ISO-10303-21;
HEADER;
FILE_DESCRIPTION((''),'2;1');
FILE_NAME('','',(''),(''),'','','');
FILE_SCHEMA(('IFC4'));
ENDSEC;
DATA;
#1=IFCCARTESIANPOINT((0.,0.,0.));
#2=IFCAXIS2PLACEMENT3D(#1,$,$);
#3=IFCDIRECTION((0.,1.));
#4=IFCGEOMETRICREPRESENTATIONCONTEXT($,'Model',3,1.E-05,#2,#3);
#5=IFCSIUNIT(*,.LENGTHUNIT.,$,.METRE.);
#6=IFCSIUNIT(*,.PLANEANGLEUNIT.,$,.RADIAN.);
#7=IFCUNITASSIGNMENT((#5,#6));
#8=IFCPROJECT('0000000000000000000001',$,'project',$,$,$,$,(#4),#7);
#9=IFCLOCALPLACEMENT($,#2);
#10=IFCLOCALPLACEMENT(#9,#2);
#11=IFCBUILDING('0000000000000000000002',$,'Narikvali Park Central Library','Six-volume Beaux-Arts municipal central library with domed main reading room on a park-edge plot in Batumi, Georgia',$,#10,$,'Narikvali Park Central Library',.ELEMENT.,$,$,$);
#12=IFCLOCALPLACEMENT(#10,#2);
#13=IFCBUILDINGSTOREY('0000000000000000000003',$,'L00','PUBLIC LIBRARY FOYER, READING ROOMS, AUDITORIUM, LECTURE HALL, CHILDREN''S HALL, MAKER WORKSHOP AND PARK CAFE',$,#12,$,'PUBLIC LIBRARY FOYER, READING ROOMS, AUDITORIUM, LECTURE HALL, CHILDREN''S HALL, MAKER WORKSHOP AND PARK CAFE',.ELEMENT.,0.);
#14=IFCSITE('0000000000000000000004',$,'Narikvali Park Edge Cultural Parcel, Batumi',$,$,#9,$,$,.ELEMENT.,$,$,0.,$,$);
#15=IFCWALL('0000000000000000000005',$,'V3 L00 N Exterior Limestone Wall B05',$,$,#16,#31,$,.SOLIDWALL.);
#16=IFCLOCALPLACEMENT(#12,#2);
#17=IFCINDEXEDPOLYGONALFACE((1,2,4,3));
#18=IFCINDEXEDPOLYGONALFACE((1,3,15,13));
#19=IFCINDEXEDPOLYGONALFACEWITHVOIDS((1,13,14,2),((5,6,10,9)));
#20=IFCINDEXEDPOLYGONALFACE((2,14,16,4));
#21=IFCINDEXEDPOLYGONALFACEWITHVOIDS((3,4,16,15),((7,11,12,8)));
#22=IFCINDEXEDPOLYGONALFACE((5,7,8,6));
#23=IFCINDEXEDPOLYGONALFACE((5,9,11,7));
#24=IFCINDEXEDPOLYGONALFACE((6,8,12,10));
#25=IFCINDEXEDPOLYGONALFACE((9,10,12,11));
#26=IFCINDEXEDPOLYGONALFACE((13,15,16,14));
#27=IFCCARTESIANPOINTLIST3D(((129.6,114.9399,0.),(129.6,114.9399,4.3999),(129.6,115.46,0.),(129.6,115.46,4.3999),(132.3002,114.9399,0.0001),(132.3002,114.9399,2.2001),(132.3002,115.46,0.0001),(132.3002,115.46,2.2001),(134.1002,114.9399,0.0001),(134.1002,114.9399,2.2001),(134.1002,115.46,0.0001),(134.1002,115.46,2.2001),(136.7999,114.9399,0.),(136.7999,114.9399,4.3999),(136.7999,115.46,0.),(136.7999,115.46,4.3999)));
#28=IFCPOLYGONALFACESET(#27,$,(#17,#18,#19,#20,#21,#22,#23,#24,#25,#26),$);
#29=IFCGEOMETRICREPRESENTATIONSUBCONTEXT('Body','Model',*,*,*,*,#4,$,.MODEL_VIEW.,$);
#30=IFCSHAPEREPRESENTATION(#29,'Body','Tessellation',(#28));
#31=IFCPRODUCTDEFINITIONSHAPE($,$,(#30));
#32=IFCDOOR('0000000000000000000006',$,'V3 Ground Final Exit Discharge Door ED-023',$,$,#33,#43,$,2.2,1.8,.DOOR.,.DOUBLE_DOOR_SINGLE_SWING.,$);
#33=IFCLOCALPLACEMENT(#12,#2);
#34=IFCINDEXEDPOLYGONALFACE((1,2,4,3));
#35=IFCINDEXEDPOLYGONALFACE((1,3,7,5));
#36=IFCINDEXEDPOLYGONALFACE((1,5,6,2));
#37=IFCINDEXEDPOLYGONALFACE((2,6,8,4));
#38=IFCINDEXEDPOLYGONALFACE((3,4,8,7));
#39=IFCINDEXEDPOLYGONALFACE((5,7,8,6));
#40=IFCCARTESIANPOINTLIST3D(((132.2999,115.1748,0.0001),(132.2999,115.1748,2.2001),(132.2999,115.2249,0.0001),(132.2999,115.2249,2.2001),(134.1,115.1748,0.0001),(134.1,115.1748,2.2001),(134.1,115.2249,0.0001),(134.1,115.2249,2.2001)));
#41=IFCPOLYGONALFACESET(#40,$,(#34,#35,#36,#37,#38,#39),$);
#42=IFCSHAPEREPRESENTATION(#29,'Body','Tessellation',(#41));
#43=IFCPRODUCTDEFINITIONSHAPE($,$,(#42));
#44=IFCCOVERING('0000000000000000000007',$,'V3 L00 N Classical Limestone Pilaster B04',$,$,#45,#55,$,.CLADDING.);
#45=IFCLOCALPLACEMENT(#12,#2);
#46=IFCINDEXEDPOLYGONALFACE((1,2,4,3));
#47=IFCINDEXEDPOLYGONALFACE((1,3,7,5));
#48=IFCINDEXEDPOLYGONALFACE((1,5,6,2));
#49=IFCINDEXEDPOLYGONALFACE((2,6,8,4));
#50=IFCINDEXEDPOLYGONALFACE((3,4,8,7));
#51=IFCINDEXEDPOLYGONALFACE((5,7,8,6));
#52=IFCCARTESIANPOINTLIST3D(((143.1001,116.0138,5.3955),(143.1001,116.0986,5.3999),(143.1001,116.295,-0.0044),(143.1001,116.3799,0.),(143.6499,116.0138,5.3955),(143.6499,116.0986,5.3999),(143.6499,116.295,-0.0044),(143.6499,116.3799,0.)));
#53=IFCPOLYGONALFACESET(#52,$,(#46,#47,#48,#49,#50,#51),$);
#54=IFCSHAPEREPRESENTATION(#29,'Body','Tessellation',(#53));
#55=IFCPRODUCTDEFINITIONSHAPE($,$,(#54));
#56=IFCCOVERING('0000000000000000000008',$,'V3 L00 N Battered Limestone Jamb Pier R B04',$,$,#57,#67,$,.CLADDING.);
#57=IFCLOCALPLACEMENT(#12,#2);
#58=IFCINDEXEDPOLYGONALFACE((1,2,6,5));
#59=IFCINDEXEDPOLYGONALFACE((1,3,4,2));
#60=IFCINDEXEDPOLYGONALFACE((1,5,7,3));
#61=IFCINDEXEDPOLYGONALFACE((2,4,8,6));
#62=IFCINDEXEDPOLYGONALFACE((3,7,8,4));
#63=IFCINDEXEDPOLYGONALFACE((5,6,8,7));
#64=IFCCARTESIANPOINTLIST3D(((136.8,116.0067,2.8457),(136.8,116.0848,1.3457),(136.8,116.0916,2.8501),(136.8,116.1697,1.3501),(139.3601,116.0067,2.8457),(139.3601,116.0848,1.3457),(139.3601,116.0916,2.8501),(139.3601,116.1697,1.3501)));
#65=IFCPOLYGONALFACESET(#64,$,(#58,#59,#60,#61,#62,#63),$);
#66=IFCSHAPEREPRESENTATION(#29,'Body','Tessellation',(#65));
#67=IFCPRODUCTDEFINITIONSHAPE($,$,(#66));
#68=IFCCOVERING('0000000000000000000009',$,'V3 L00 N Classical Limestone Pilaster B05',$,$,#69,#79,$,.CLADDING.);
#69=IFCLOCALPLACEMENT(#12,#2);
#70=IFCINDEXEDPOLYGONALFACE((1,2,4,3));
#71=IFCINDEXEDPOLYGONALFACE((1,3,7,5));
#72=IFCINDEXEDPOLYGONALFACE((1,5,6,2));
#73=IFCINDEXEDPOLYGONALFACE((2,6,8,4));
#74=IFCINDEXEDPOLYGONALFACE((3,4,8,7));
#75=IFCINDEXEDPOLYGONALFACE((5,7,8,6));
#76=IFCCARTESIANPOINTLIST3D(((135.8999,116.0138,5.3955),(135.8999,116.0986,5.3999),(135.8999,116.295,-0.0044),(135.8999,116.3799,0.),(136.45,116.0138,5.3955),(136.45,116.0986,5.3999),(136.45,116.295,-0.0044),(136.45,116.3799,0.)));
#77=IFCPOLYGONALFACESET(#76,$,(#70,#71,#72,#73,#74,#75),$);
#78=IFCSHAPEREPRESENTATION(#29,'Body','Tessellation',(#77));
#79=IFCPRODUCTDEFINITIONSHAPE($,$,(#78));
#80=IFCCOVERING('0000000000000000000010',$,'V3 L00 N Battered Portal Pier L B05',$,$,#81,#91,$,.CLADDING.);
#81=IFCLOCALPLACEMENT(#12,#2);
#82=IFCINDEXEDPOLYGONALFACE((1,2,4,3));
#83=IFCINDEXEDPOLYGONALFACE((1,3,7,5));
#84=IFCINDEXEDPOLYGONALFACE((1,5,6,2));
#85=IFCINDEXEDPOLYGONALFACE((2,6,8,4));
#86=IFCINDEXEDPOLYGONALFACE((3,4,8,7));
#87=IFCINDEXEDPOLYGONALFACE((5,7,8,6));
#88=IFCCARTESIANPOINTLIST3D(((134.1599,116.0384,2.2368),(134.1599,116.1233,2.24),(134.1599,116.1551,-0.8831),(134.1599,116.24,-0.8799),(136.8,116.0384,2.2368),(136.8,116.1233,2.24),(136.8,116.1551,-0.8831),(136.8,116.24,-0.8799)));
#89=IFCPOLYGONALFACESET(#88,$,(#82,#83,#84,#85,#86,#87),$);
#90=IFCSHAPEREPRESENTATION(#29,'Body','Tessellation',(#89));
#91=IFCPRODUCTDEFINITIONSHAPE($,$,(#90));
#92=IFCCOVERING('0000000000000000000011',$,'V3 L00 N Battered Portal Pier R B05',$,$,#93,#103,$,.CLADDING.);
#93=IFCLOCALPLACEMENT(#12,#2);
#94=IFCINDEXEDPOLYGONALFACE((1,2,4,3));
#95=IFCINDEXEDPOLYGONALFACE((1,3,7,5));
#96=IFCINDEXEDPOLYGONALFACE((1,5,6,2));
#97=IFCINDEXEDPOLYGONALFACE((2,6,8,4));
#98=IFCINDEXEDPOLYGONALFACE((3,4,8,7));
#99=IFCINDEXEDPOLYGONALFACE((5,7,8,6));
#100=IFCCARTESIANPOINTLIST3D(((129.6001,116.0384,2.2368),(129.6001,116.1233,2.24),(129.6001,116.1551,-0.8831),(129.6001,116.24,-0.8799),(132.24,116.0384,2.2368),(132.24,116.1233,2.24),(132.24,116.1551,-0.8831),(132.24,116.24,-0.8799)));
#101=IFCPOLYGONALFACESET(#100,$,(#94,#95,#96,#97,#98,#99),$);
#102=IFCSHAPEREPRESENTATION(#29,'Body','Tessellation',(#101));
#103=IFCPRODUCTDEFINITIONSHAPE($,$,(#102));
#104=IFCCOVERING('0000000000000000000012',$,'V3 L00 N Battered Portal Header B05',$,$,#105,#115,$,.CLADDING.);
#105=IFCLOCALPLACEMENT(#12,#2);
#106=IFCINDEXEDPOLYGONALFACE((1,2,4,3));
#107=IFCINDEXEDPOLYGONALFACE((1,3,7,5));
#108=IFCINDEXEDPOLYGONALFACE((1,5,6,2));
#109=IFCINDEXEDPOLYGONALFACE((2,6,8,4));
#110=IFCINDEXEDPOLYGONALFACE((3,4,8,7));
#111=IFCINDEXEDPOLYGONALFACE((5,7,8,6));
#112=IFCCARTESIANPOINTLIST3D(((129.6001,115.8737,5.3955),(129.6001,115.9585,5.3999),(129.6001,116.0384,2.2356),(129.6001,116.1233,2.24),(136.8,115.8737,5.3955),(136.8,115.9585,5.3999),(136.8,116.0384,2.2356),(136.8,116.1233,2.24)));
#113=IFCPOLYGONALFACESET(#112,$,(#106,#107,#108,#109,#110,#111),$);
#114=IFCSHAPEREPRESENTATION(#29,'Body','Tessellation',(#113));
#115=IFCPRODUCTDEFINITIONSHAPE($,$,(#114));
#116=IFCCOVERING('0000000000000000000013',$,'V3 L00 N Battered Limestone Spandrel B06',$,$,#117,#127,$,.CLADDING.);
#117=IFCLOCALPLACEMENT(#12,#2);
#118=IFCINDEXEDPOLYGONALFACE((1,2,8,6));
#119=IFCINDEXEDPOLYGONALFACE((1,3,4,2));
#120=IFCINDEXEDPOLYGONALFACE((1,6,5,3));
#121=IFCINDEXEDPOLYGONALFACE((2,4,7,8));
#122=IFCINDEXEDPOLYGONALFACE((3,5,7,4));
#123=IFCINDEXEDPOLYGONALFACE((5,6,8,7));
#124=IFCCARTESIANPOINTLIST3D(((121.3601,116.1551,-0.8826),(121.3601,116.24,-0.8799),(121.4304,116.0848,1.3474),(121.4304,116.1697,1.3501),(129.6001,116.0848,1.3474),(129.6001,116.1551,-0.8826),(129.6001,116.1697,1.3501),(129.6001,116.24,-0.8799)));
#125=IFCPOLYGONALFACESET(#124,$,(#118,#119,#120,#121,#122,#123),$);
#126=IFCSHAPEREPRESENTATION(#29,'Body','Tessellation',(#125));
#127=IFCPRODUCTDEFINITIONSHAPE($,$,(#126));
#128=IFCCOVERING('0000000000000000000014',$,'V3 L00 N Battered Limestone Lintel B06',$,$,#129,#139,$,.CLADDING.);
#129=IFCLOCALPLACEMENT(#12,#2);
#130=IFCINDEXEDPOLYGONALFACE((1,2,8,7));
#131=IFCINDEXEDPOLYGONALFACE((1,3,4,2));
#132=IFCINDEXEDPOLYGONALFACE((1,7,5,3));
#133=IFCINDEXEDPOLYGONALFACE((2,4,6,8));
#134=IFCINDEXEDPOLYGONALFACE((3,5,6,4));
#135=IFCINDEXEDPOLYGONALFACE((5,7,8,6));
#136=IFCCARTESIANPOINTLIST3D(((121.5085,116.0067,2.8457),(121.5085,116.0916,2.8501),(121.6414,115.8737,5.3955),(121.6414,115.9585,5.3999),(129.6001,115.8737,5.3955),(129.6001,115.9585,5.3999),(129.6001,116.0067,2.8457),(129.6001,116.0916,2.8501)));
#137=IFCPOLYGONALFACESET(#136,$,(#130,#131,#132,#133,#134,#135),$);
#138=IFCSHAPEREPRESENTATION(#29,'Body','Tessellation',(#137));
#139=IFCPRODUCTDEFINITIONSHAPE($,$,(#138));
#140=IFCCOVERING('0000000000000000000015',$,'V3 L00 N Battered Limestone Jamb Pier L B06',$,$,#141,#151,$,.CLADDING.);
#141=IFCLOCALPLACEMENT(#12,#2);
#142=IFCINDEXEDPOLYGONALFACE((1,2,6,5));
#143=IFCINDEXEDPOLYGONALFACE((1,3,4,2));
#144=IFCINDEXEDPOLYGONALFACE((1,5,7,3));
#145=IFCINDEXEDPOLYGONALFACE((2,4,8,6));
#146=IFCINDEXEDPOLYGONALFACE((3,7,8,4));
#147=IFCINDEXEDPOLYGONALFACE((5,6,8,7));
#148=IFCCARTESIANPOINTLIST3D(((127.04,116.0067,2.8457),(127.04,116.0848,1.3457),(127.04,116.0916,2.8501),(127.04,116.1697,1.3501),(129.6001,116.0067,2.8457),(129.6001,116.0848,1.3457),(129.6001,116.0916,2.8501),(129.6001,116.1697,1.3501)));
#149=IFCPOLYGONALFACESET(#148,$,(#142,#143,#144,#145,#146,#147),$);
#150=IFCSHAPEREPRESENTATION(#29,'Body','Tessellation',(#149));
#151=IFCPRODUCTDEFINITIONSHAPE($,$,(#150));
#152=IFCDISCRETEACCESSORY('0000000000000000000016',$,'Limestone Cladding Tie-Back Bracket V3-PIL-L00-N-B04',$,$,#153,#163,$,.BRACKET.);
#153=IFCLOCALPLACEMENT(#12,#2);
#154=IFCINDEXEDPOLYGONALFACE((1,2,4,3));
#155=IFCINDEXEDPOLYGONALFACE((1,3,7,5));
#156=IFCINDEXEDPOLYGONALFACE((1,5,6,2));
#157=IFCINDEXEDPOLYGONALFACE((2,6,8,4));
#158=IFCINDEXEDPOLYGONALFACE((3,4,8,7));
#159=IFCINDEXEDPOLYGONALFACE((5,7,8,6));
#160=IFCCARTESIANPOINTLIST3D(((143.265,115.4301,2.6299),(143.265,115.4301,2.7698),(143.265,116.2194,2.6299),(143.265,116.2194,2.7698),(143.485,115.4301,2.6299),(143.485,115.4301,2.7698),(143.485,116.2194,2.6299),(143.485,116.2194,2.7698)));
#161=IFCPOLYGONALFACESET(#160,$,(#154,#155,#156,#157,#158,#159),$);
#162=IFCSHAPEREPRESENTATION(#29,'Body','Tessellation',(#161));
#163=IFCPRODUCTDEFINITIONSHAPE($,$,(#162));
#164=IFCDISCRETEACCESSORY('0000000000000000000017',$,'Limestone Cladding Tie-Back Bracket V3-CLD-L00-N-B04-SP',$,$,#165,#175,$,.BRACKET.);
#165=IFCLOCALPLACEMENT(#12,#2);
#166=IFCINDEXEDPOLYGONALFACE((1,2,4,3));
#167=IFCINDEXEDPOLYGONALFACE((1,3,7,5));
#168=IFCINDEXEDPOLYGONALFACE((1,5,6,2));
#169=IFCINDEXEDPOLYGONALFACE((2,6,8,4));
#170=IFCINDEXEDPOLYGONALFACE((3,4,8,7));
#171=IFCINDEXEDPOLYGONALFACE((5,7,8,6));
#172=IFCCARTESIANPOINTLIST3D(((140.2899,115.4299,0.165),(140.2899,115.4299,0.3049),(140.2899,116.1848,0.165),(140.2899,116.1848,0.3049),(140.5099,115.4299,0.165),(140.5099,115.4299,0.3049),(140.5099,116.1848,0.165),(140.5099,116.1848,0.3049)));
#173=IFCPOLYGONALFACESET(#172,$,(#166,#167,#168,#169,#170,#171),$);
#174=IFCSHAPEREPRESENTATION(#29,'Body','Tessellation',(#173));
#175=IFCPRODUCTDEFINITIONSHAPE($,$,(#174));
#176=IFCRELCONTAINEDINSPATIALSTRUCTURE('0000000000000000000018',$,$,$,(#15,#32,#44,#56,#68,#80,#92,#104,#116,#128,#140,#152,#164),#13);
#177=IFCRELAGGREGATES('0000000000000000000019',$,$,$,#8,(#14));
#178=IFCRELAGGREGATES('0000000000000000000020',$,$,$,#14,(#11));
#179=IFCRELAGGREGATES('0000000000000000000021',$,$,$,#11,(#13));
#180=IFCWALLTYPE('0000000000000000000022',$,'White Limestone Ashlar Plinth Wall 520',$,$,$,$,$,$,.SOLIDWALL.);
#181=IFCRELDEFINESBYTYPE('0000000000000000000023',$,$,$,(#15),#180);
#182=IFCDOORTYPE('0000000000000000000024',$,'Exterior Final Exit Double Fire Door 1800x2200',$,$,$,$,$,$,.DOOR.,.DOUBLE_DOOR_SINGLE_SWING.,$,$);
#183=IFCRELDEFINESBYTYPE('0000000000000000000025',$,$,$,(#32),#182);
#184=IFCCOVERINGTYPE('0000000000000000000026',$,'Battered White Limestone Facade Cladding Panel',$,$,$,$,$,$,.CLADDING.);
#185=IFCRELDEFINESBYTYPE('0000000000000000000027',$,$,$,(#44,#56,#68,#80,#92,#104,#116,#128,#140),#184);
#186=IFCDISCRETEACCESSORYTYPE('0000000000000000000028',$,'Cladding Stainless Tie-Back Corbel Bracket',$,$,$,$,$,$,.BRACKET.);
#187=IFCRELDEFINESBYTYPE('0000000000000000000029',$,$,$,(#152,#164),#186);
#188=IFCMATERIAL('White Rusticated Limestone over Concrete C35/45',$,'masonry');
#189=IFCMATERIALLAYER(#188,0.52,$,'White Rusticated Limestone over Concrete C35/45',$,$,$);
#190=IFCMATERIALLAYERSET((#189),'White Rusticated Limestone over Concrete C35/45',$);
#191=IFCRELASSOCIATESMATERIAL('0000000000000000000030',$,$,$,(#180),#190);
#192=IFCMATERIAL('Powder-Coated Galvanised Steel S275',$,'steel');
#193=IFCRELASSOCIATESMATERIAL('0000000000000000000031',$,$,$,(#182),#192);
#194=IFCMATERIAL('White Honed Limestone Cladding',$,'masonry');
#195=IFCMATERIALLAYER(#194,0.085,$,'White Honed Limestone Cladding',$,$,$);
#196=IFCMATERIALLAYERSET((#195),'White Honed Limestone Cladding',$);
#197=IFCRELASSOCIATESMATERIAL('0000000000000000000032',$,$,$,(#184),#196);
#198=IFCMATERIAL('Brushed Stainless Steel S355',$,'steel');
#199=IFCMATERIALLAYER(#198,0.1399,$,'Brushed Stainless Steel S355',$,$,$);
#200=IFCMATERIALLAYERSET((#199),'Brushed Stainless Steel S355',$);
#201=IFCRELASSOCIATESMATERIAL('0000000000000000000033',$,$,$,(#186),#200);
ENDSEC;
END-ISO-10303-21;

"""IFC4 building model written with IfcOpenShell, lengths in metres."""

from ifc_helpers import new_model, si_unit, direction, frame, frame_2d, origin, origin_2d, place, context, subcontext, project, spatial, polyline, rectangle, outline, extrude, material, layer, layer_set, type_object, element, fill, save


model = new_model("IFC4")

# Units and contexts
model_context = context("Model", 3, precision=1e-05, world=origin(), true_north=direction((0.0, 1.0)))
body_context = subcontext(model_context, "Body", "Model", "MODEL_VIEW")
ifc_project = project(units=[si_unit("LENGTHUNIT", "METRE"), si_unit("PLANEANGLEUNIT", "RADIAN")], contexts=[model_context])

# Site, building, storey
site_placement = place(None, origin())
site = spatial("IfcSite", under=ifc_project, at=site_placement, Name="Narikvali Park Edge Cultural Parcel, Batumi", CompositionType="ELEMENT", RefElevation=0.0)
building_placement = place(site_placement, origin())
building = spatial("IfcBuilding", under=site, at=building_placement, Name="Narikvali Park Central Library", Description="Six-volume Beaux-Arts municipal central library with domed main reading room on a park-edge plot in Batumi, Georgia", LongName="Narikvali Park Central Library", CompositionType="ELEMENT")
storey_placement = place(building_placement, origin())
storey = spatial("IfcBuildingStorey", under=building, at=storey_placement, Name="L00", Description="PUBLIC LIBRARY FOYER, READING ROOMS, AUDITORIUM, LECTURE HALL, CHILDREN'S HALL, MAKER WORKSHOP AND PARK CAFE", LongName="PUBLIC LIBRARY FOYER, READING ROOMS, AUDITORIUM, LECTURE HALL, CHILDREN'S HALL, MAKER WORKSHOP AND PARK CAFE", CompositionType="ELEMENT", Elevation=0.0)

# Wall, opening, door
ifc_material_1 = material(Name="White Rusticated Limestone over Concrete C35/45", Category="masonry")
ifc_layer_1 = layer(ifc_material_1, 0.52, Name="White Rusticated Limestone over Concrete C35/45")
ifc_layer_set_1 = layer_set([ifc_layer_1], Name="White Rusticated Limestone over Concrete C35/45")
wall_type_1 = type_object("IfcWallType", Name="White Limestone Ashlar Plinth Wall 520", PredefinedType="SOLIDWALL", material=ifc_layer_set_1)
wall_1_placement = place(storey_placement, frame((136.8, 115.2, 0.0), z_axis=(0.0, 0.0, 1.0), x_axis=(-1.0, 0.0, 0.0)))
wall_1 = element("IfcWall", 1, at=wall_1_placement, inside=storey, type_object=wall_type_1, Name="V3 L00 N Exterior Limestone Wall B05", PredefinedType="SOLIDWALL", context=body_context, shape_type="SweptSolid", body=[
    extrude(rectangle(XDim=7.2, YDim=0.52, at=frame_2d((3.6001, 0.0))), origin(), (0.0, 0.0, 1.0), 4.3999),
])
opening_1_placement = place(wall_1_placement, frame((2.7, 0.0, 0.0)))
opening_1 = element("IfcOpeningElement", 2, at=opening_1_placement, cuts=wall_1, PredefinedType="OPENING", context=body_context, shape_type="SweptSolid", body=[
    extrude(rectangle(XDim=1.8, YDim=2.2, at=frame_2d((0.8999, 1.1001))), frame((0.0, 0.272, 0.0), z_axis=(0.0, -1.0, 0.0), x_axis=(1.0, 0.0, 0.0)), (0.0, 0.0, 1.0), 0.5439),
])
ifc_material_2 = material(Name="Powder-Coated Galvanised Steel S275", Category="steel")
door_type_1 = type_object("IfcDoorType", Name="Exterior Final Exit Double Fire Door 1800x2200", OperationType="DOUBLE_DOOR_SINGLE_SWING", PredefinedType="DOOR", material=ifc_material_2)
door_1_placement = place(opening_1_placement, frame((1.8, 0.0, 0.0), z_axis=(0.0, 0.0, 1.0), x_axis=(-1.0, 0.0, 0.0)))
door_1 = element("IfcDoor", 3, at=door_1_placement, inside=storey, type_object=door_type_1, Name="V3 Ground Final Exit Discharge Door ED-023", OperationType="DOUBLE_DOOR_SINGLE_SWING", OverallHeight=2.2, OverallWidth=1.8, PredefinedType="DOOR", context=body_context, shape_type="SweptSolid", body=[
    extrude(rectangle(XDim=1.8, YDim=2.2, at=frame_2d((0.8999, 1.1001))), frame((0.0, 0.0249, 0.0), z_axis=(0.0, -1.0, 0.0), x_axis=(1.0, 0.0, 0.0)), (0.0, 0.0, 1.0), 0.05),
])
fill(opening_1, door_1)

# Coverings
ifc_material_3 = material(Name="White Honed Limestone Cladding", Category="masonry")
ifc_layer_2 = layer(ifc_material_3, 0.085, Name="White Honed Limestone Cladding")
ifc_layer_set_2 = layer_set([ifc_layer_2], Name="White Honed Limestone Cladding")
covering_type = type_object("IfcCoveringType", Name="Battered White Limestone Facade Cladding Panel", PredefinedType="CLADDING", material=ifc_layer_set_2)
covering_1_placement = place(storey_placement, frame((143.6499, 116.3799, 0.0), z_axis=(0.0, 0.998646, 0.052014), x_axis=(-1.0, 0.0, 0.0)))
element("IfcCovering", 4, at=covering_1_placement, inside=storey, type_object=covering_type, Name="V3 L00 N Classical Limestone Pilaster B04", PredefinedType="CLADDING", context=body_context, shape_type="SweptSolid", body=[
    extrude(outline(polyline([(0.0, 0.0), (0.5498, 0.0), (0.5498, 5.4072), (0.0, 5.4072), (0.0, 0.0)])), origin(), (0.0, 0.0, -1.0), 0.085),
])
covering_2_placement = place(storey_placement, frame((139.3601, 116.1697, 1.3501), z_axis=(0.0, 0.998646, 0.052013), x_axis=(-1.0, 0.0, 0.0)))
element("IfcCovering", 5, at=covering_2_placement, inside=storey, type_object=covering_type, Name="V3 L00 N Battered Limestone Jamb Pier R B04", PredefinedType="CLADDING", context=body_context, shape_type="SweptSolid", body=[
    extrude(outline(polyline([(0.0, 0.0), (2.5601, 0.0), (2.5601, 1.502), (0.0, 1.502), (0.0, 0.0)])), origin(), (0.0, 0.0, -1.0), 0.085),
])
covering_3_placement = place(storey_placement, frame((136.45, 116.3799, 0.0), z_axis=(0.0, 0.998646, 0.052014), x_axis=(-1.0, 0.0, 0.0)))
element("IfcCovering", 6, at=covering_3_placement, inside=storey, type_object=covering_type, Name="V3 L00 N Classical Limestone Pilaster B05", PredefinedType="CLADDING", context=body_context, shape_type="SweptSolid", body=[
    extrude(outline(polyline([(0.0, 0.0), (0.55, 0.0), (0.55, 5.4072), (0.0, 5.4072), (0.0, 0.0)])), origin(), (0.0, 0.0, -1.0), 0.085),
])
covering_4_placement = place(storey_placement, frame((136.8, 116.24, -0.8799), z_axis=(0.0, 0.999301, 0.037379), x_axis=(-1.0, 0.0, 0.0)))
element("IfcCovering", 7, at=covering_4_placement, inside=storey, type_object=covering_type, Name="V3 L00 N Battered Portal Pier L B05", PredefinedType="CLADDING", context=body_context, shape_type="SweptSolid", body=[
    extrude(outline(polyline([(0.0, 0.0), (2.6401, 0.0), (2.6401, 3.1221), (0.0, 3.1221), (0.0, 0.0)])), origin(), (0.0, 0.0, -1.0), 0.085),
])
covering_5_placement = place(storey_placement, frame((132.24, 116.24, -0.8799), z_axis=(0.0, 0.999301, 0.037379), x_axis=(-1.0, 0.0, 0.0)))
element("IfcCovering", 8, at=covering_5_placement, inside=storey, type_object=covering_type, Name="V3 L00 N Battered Portal Pier R B05", PredefinedType="CLADDING", context=body_context, shape_type="SweptSolid", body=[
    extrude(outline(polyline([(0.0, 0.0), (2.6399, 0.0), (2.6399, 3.1221), (0.0, 3.1221), (0.0, 0.0)])), origin(), (0.0, 0.0, -1.0), 0.085),
])
covering_6_placement = place(storey_placement, frame((136.8, 116.1233, 2.24), z_axis=(0.0, 0.998643, 0.052081), x_axis=(-1.0, 0.0, 0.0)))
element("IfcCovering", 9, at=covering_6_placement, inside=storey, type_object=covering_type, Name="V3 L00 N Battered Portal Header B05", PredefinedType="CLADDING", context=body_context, shape_type="SweptSolid", body=[
    extrude(outline(polyline([(0.0, 0.0), (7.2, 0.0), (7.2, 3.1642), (0.0, 3.1642), (0.0, 0.0)])), origin(), (0.0, 0.0, -1.0), 0.085),
])
covering_7_placement = place(storey_placement, frame((129.6001, 116.24, -0.8799), z_axis=(0.0, 0.999503, 0.031515), x_axis=(-1.0, 0.0, 0.0)))
element("IfcCovering", 10, at=covering_7_placement, inside=storey, type_object=covering_type, Name="V3 L00 N Battered Limestone Spandrel B06", PredefinedType="CLADDING", context=body_context, shape_type="SweptSolid", body=[
    extrude(outline(polyline([(0.0, 0.0), (8.24, 0.0), (8.1697, 2.2311), (0.0, 2.2311), (0.0, 0.0)])), origin(), (0.0, 0.0, -1.0), 0.085),
])
covering_8_placement = place(storey_placement, frame((129.6001, 116.0916, 2.8501), z_axis=(0.0, 0.998641, 0.052112), x_axis=(-1.0, 0.0, 0.0)))
element("IfcCovering", 11, at=covering_8_placement, inside=storey, type_object=covering_type, Name="V3 L00 N Battered Limestone Lintel B06", PredefinedType="CLADDING", context=body_context, shape_type="SweptSolid", body=[
    extrude(outline(polyline([(0.0, 0.0), (8.0916, 0.0), (7.9587, 2.5533), (0.0, 2.5533), (0.0, 0.0)])), origin(), (0.0, 0.0, -1.0), 0.085),
])
covering_9_placement = place(storey_placement, frame((129.6001, 116.1697, 1.3501), z_axis=(0.0, 0.998646, 0.052013), x_axis=(-1.0, 0.0, 0.0)))
element("IfcCovering", 12, at=covering_9_placement, inside=storey, type_object=covering_type, Name="V3 L00 N Battered Limestone Jamb Pier L B06", PredefinedType="CLADDING", context=body_context, shape_type="SweptSolid", body=[
    extrude(outline(polyline([(0.0, 0.0), (2.5601, 0.0), (2.5601, 1.502), (0.0, 1.502), (0.0, 0.0)])), origin(), (0.0, 0.0, -1.0), 0.085),
])

# Discrete accessories
ifc_material_4 = material(Name="Brushed Stainless Steel S355", Category="steel")
ifc_layer_3 = layer(ifc_material_4, 0.1399, Name="Brushed Stainless Steel S355")
ifc_layer_set_3 = layer_set([ifc_layer_3], Name="Brushed Stainless Steel S355")
discrete_accessory_type = type_object("IfcDiscreteAccessoryType", Name="Cladding Stainless Tie-Back Corbel Bracket", PredefinedType="BRACKET", material=ifc_layer_set_3)
discrete_accessory_1_placement = place(storey_placement, frame((143.375, 115.8247, 2.6299), z_axis=(0.0, 0.0, 1.0), x_axis=(1.0, 0.0, 0.0)))
element("IfcDiscreteAccessory", 13, at=discrete_accessory_1_placement, inside=storey, type_object=discrete_accessory_type, Name="Limestone Cladding Tie-Back Bracket V3-PIL-L00-N-B04", PredefinedType="BRACKET", context=body_context, shape_type="SweptSolid", body=[
    extrude(rectangle(XDim=0.22, YDim=0.7893, at=origin_2d()), origin(), (0.0, 0.0, 1.0), 0.1399),
])
discrete_accessory_2_placement = place(storey_placement, frame((140.3999, 115.8074, 0.165), z_axis=(0.0, 0.0, 1.0), x_axis=(1.0, 0.0, 0.0)))
element("IfcDiscreteAccessory", 14, at=discrete_accessory_2_placement, inside=storey, type_object=discrete_accessory_type, Name="Limestone Cladding Tie-Back Bracket V3-CLD-L00-N-B04-SP", PredefinedType="BRACKET", context=body_context, shape_type="SweptSolid", body=[
    extrude(rectangle(XDim=0.22, YDim=0.7549, at=origin_2d()), origin(), (0.0, 0.0, 1.0), 0.1399),
])

save(model, "model.ifc")
